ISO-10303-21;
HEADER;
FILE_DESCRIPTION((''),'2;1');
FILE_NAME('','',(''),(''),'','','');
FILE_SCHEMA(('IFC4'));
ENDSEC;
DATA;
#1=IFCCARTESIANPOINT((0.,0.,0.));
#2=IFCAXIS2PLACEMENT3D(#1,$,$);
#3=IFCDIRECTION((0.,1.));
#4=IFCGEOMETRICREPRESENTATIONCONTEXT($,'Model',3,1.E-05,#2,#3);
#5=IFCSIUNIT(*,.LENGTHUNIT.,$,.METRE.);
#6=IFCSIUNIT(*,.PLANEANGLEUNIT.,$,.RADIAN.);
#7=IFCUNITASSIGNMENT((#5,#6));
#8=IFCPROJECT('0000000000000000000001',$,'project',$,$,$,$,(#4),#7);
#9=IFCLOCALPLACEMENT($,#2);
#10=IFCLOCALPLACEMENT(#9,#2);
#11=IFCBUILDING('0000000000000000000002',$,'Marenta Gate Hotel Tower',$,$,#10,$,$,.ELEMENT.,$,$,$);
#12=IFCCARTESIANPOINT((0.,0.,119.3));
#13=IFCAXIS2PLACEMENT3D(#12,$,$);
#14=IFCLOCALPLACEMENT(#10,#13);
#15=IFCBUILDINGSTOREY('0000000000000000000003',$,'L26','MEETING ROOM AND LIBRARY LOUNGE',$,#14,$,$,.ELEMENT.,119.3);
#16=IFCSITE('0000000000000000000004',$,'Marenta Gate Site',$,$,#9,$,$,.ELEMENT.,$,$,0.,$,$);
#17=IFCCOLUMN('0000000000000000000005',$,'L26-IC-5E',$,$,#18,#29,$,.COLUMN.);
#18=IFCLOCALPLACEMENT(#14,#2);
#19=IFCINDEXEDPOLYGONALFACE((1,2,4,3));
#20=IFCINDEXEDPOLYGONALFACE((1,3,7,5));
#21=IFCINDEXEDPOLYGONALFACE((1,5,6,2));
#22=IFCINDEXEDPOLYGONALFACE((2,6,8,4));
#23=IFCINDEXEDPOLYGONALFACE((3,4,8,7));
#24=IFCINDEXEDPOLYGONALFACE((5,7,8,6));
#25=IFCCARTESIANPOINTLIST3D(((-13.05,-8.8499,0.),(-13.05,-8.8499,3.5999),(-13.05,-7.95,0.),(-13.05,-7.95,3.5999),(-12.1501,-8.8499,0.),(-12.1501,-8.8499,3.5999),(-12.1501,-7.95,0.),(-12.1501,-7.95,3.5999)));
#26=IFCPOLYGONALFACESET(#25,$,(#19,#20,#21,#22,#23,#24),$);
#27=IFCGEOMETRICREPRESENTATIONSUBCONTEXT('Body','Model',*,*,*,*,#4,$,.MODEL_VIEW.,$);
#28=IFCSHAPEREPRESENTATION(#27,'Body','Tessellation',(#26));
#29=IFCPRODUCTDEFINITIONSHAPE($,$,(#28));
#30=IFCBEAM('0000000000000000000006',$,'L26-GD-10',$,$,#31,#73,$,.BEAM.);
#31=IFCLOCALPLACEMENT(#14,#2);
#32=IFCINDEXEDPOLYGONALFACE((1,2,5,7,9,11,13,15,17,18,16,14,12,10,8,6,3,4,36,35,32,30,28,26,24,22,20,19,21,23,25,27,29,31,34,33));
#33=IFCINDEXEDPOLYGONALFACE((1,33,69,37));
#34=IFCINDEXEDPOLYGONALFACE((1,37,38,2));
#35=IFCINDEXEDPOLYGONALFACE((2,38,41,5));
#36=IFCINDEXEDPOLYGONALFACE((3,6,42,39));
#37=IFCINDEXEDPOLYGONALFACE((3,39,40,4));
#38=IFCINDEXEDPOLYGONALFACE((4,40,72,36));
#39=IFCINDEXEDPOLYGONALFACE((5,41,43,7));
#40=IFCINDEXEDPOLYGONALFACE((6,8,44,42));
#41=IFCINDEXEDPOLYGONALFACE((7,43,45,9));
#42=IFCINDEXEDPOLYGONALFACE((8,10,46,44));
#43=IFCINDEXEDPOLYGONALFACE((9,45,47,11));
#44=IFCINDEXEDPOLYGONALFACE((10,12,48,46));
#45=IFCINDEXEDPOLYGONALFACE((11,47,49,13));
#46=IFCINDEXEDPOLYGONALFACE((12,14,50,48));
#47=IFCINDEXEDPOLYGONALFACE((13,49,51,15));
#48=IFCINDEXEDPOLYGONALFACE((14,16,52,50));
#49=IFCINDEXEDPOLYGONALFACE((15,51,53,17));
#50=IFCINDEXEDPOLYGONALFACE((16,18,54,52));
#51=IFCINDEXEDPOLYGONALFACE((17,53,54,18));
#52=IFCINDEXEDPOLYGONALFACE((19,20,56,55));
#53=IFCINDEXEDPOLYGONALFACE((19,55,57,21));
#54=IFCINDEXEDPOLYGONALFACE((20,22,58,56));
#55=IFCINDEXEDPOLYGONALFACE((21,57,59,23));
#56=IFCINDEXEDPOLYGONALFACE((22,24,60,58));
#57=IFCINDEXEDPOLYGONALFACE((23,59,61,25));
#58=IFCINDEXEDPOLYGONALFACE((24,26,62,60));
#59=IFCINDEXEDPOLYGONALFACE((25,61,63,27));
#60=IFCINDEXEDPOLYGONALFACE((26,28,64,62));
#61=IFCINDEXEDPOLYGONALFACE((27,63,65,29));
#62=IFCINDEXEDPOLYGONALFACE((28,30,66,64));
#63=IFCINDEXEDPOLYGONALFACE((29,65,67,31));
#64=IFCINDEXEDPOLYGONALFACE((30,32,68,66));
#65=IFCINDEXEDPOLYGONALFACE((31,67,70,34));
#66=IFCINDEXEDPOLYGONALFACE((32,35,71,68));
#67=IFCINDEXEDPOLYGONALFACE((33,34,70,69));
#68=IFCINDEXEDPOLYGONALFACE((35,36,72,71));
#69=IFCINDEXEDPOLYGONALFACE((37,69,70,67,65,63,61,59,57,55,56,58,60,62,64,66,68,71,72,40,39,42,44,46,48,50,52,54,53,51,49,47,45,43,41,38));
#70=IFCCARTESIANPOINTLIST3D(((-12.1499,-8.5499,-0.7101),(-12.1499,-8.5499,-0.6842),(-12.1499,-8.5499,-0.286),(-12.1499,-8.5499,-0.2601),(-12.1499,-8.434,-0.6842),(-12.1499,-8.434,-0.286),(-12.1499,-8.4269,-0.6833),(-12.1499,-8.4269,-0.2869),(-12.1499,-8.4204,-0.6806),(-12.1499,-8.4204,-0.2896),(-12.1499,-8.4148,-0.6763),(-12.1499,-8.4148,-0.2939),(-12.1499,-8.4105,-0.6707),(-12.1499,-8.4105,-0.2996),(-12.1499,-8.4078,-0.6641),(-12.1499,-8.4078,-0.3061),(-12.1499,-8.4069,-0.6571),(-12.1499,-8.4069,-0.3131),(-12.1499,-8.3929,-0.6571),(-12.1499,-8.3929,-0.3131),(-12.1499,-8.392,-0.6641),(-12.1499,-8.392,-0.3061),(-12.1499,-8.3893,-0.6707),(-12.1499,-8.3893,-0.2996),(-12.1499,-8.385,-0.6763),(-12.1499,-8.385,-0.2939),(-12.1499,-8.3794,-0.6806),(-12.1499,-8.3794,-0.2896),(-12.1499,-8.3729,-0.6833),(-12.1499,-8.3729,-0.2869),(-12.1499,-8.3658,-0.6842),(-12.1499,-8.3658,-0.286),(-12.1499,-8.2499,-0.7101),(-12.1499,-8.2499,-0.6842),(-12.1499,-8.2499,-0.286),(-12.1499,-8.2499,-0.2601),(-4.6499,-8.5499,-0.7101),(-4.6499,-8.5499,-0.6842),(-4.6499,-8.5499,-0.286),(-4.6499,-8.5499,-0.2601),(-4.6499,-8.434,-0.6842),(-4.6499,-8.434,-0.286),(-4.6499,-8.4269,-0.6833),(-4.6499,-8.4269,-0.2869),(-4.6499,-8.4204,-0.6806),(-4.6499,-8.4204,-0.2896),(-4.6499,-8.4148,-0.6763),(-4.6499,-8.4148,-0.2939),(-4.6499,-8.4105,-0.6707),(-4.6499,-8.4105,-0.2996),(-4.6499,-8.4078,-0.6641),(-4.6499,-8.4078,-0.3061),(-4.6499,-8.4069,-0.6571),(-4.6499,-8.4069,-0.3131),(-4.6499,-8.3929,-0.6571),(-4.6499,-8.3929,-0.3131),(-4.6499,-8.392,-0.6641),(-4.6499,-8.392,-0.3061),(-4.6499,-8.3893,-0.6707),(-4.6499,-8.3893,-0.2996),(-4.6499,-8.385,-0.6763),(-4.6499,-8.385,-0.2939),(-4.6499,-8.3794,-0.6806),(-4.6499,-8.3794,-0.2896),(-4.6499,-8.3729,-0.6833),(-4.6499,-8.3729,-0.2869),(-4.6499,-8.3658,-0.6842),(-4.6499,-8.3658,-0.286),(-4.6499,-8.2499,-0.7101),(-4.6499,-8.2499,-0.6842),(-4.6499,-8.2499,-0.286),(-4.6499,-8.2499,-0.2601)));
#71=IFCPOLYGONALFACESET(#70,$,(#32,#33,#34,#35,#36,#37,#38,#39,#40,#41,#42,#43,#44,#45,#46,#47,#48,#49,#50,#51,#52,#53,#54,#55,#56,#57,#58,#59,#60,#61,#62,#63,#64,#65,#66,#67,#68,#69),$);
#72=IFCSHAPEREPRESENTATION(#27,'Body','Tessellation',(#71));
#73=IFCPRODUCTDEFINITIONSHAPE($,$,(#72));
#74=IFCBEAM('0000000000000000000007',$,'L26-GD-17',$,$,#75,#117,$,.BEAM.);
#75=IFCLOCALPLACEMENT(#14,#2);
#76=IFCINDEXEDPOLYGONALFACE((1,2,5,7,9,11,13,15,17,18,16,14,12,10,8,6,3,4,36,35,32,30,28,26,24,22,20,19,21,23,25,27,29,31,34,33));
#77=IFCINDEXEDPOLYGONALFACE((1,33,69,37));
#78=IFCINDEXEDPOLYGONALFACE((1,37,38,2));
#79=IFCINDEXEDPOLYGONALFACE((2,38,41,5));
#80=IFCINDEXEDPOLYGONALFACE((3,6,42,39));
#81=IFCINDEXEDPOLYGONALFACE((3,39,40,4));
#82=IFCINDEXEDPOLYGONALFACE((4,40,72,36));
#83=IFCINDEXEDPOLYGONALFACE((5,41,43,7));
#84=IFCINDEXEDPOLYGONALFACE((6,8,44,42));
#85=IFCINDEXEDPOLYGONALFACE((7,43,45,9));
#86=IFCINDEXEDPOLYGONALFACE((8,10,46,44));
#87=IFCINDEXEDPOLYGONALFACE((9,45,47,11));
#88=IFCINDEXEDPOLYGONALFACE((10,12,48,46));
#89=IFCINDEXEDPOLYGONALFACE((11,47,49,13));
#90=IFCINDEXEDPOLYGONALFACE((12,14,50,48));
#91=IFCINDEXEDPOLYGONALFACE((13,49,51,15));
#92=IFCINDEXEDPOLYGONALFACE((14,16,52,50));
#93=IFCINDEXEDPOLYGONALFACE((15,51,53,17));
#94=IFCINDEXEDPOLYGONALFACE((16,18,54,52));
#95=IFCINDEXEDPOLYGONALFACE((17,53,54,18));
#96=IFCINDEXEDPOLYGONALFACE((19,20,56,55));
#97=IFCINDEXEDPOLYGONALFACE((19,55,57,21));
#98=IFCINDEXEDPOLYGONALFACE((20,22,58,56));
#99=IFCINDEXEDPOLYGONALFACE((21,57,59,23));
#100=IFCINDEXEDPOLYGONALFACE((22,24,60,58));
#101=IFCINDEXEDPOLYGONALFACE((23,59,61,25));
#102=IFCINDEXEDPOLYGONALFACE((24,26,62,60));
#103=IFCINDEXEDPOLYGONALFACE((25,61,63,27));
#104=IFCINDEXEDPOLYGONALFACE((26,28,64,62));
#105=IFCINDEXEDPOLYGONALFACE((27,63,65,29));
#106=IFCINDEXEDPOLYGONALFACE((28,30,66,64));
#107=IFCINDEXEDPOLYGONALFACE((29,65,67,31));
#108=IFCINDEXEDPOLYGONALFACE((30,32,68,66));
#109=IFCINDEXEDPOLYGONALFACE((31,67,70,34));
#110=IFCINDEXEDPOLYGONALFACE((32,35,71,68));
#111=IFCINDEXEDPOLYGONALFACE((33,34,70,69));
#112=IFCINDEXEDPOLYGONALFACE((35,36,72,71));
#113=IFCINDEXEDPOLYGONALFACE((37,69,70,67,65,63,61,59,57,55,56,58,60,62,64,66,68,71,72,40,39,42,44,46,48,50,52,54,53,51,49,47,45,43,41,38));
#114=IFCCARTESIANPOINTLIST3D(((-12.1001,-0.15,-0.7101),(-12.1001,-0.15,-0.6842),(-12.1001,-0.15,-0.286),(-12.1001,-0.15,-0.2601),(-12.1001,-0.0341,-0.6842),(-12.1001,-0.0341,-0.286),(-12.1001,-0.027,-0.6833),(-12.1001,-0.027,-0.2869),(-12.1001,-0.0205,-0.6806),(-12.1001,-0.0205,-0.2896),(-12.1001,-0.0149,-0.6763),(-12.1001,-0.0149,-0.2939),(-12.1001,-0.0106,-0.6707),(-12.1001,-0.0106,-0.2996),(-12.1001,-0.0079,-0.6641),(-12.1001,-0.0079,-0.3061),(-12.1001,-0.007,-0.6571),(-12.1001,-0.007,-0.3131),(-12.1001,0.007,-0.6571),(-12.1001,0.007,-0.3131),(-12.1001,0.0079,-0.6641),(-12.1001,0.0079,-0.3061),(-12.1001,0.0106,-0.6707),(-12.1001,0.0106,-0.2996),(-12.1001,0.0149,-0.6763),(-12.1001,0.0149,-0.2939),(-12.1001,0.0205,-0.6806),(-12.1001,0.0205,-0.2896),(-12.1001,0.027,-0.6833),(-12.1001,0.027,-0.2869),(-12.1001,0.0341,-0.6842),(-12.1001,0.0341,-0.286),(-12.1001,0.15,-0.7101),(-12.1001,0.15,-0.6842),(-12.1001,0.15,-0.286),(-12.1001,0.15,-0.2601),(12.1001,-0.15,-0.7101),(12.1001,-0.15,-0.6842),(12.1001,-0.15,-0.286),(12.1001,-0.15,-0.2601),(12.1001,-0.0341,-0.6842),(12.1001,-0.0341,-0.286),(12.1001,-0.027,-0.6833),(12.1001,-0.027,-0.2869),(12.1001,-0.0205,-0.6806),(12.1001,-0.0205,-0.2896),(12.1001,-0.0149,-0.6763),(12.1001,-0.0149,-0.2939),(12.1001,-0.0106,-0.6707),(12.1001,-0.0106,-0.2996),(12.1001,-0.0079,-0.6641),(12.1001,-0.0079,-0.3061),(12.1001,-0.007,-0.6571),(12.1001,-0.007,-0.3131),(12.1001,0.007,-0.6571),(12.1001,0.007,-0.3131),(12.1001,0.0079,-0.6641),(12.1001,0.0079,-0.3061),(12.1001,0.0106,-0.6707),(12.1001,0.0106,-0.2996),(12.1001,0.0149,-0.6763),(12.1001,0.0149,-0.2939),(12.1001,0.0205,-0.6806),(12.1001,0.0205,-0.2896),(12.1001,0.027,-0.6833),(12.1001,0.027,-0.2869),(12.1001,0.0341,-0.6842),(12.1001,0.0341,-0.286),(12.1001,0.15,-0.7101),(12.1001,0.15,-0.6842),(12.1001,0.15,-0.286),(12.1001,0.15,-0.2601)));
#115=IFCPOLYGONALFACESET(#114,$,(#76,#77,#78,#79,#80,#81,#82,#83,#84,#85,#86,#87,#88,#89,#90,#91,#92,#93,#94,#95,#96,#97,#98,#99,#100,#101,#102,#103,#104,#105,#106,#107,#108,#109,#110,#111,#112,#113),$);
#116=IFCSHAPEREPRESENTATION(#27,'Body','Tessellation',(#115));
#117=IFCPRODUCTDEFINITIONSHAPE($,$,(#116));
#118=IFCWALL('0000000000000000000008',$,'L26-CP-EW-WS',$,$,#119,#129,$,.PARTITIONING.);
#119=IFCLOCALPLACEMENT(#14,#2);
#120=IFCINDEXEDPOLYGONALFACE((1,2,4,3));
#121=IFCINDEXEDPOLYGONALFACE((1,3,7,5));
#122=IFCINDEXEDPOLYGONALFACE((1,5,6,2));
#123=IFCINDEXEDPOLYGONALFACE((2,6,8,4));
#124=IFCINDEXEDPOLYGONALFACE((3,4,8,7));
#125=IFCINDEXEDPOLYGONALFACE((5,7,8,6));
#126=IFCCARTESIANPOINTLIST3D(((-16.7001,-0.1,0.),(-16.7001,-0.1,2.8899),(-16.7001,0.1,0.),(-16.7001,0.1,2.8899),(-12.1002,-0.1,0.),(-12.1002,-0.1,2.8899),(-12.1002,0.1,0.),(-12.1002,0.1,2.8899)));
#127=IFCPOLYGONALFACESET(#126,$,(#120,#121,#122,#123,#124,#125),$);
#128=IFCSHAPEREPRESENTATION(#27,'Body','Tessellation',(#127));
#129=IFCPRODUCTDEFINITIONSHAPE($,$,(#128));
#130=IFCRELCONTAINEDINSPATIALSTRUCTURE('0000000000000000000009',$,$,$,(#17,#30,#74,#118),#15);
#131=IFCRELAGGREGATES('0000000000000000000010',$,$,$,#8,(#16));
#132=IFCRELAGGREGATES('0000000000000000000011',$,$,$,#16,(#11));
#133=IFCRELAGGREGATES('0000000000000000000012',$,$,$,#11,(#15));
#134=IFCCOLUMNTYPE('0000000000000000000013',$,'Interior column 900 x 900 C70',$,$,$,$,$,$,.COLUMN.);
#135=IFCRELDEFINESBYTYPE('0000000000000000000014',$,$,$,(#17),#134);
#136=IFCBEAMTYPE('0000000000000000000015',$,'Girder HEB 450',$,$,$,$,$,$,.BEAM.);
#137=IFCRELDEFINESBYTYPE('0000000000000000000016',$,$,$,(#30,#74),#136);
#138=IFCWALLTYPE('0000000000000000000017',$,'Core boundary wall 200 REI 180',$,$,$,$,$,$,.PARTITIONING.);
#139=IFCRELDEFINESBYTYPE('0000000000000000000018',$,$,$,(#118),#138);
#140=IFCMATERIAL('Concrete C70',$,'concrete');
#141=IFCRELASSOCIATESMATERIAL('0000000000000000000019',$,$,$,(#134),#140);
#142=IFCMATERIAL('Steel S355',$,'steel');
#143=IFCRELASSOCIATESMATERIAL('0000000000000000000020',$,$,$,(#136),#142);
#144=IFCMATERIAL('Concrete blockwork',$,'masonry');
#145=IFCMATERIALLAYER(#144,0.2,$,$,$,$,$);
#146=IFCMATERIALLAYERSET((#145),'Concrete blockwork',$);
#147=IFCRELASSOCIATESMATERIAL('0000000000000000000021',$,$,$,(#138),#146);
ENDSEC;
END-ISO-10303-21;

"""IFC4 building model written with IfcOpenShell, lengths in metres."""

from ifc_helpers import new_model, si_unit, direction, frame, frame_2d, origin, origin_2d, place, context, subcontext, project, spatial, rectangle, i_section, extrude, material, layer, layer_set, material_profile, profile_set, type_object, element, save


model = new_model("IFC4")

# Units and contexts
model_context = context("Model", 3, precision=1e-05, world=origin(), true_north=direction((0.0, 1.0)))
body_context = subcontext(model_context, "Body", "Model", "MODEL_VIEW")
ifc_project = project(units=[si_unit("LENGTHUNIT", "METRE"), si_unit("PLANEANGLEUNIT", "RADIAN")], contexts=[model_context])

# Site, building, storey
site_placement = place(None, origin())
site = spatial("IfcSite", under=ifc_project, at=site_placement, Name="Marenta Gate Site", CompositionType="ELEMENT", RefElevation=0.0)
building_placement = place(site_placement, origin())
building = spatial("IfcBuilding", under=site, at=building_placement, Name="Marenta Gate Hotel Tower", CompositionType="ELEMENT")
storey_placement = place(building_placement, frame((0.0, 0.0, 119.3)))
storey = spatial("IfcBuildingStorey", under=building, at=storey_placement, Name="L26", Description="MEETING ROOM AND LIBRARY LOUNGE", CompositionType="ELEMENT", Elevation=119.3)

# Column
ifc_material_1 = material(Name="Concrete C70", Category="concrete")
ifc_material_profile_1 = material_profile(ifc_material_1, rectangle(XDim=0.8999, YDim=0.8999, at=origin_2d()), Name="900 x 900")
ifc_profile_set_1 = profile_set([ifc_material_profile_1], Name="Concrete C70")
column_type = type_object("IfcColumnType", Name="Interior column 900 x 900 C70", PredefinedType="COLUMN", material=ifc_profile_set_1)
column_placement = place(storey_placement, frame((-12.6001, -8.3999, 0.0), z_axis=(0.0, 0.0, 1.0), x_axis=(1.0, 0.0, 0.0)))
element("IfcColumn", 1, at=column_placement, inside=storey, type_object=column_type, Name="L26-IC-5E", PredefinedType="COLUMN", context=body_context, shape_type="SweptSolid", body=[
    extrude(rectangle(XDim=0.8999, YDim=0.8999, at=origin_2d()), origin(), (0.0, 0.0, 1.0), 3.5999),
])

# Beams
ifc_material_2 = material(Name="Steel S355", Category="steel")
ifc_material_profile_2 = material_profile(ifc_material_2, i_section(OverallWidth=0.3, OverallDepth=0.45, WebThickness=0.0139, FlangeThickness=0.0259, FilletRadius=0.0271, at=origin_2d()), Name="HEB 450")
ifc_profile_set_2 = profile_set([ifc_material_profile_2], Name="Steel S355")
beam_type = type_object("IfcBeamType", Name="Girder HEB 450", PredefinedType="BEAM", material=ifc_profile_set_2)
beam_1_placement = place(storey_placement, frame((-12.1499, -8.3999, -0.4851), z_axis=(1.0, 0.0, 0.0), x_axis=(0.0, 1.0, 0.0)))
element("IfcBeam", 2, at=beam_1_placement, inside=storey, type_object=beam_type, Name="L26-GD-10", PredefinedType="BEAM", context=body_context, shape_type="SweptSolid", body=[
    extrude(i_section(OverallWidth=0.3, OverallDepth=0.45, WebThickness=0.0139, FlangeThickness=0.0259, FilletRadius=0.0271, at=origin_2d()), origin(), (0.0, 0.0, 1.0), 7.5),
])
beam_2_placement = place(storey_placement, frame((-12.1001, 0.0, -0.4851), z_axis=(1.0, 0.0, 0.0), x_axis=(0.0, 1.0, 0.0)))
element("IfcBeam", 3, at=beam_2_placement, inside=storey, type_object=beam_type, Name="L26-GD-17", PredefinedType="BEAM", context=body_context, shape_type="SweptSolid", body=[
    extrude(i_section(OverallWidth=0.3, OverallDepth=0.45, WebThickness=0.0139, FlangeThickness=0.0259, FilletRadius=0.0271, at=origin_2d()), origin(), (0.0, 0.0, 1.0), 24.2002),
])

# Wall
ifc_material_3 = material(Name="Concrete blockwork", Category="masonry")
ifc_layer_1 = layer(ifc_material_3, 0.2)
ifc_layer_set_1 = layer_set([ifc_layer_1], Name="Concrete blockwork")
wall_type_1 = type_object("IfcWallType", Name="Core boundary wall 200 REI 180", PredefinedType="PARTITIONING", material=ifc_layer_set_1)
wall_1_placement = place(storey_placement, frame((-16.7, 0.0, 0.0), z_axis=(0.0, 0.0, 1.0), x_axis=(1.0, 0.0, 0.0)))
element("IfcWall", 4, at=wall_1_placement, inside=storey, type_object=wall_type_1, Name="L26-CP-EW-WS", PredefinedType="PARTITIONING", context=body_context, shape_type="SweptSolid", body=[
    extrude(rectangle(XDim=4.5999, YDim=0.2, at=frame_2d((2.2998, 0.0))), origin(), (0.0, 0.0, 1.0), 2.8899),
])

save(model, "model.ifc")
